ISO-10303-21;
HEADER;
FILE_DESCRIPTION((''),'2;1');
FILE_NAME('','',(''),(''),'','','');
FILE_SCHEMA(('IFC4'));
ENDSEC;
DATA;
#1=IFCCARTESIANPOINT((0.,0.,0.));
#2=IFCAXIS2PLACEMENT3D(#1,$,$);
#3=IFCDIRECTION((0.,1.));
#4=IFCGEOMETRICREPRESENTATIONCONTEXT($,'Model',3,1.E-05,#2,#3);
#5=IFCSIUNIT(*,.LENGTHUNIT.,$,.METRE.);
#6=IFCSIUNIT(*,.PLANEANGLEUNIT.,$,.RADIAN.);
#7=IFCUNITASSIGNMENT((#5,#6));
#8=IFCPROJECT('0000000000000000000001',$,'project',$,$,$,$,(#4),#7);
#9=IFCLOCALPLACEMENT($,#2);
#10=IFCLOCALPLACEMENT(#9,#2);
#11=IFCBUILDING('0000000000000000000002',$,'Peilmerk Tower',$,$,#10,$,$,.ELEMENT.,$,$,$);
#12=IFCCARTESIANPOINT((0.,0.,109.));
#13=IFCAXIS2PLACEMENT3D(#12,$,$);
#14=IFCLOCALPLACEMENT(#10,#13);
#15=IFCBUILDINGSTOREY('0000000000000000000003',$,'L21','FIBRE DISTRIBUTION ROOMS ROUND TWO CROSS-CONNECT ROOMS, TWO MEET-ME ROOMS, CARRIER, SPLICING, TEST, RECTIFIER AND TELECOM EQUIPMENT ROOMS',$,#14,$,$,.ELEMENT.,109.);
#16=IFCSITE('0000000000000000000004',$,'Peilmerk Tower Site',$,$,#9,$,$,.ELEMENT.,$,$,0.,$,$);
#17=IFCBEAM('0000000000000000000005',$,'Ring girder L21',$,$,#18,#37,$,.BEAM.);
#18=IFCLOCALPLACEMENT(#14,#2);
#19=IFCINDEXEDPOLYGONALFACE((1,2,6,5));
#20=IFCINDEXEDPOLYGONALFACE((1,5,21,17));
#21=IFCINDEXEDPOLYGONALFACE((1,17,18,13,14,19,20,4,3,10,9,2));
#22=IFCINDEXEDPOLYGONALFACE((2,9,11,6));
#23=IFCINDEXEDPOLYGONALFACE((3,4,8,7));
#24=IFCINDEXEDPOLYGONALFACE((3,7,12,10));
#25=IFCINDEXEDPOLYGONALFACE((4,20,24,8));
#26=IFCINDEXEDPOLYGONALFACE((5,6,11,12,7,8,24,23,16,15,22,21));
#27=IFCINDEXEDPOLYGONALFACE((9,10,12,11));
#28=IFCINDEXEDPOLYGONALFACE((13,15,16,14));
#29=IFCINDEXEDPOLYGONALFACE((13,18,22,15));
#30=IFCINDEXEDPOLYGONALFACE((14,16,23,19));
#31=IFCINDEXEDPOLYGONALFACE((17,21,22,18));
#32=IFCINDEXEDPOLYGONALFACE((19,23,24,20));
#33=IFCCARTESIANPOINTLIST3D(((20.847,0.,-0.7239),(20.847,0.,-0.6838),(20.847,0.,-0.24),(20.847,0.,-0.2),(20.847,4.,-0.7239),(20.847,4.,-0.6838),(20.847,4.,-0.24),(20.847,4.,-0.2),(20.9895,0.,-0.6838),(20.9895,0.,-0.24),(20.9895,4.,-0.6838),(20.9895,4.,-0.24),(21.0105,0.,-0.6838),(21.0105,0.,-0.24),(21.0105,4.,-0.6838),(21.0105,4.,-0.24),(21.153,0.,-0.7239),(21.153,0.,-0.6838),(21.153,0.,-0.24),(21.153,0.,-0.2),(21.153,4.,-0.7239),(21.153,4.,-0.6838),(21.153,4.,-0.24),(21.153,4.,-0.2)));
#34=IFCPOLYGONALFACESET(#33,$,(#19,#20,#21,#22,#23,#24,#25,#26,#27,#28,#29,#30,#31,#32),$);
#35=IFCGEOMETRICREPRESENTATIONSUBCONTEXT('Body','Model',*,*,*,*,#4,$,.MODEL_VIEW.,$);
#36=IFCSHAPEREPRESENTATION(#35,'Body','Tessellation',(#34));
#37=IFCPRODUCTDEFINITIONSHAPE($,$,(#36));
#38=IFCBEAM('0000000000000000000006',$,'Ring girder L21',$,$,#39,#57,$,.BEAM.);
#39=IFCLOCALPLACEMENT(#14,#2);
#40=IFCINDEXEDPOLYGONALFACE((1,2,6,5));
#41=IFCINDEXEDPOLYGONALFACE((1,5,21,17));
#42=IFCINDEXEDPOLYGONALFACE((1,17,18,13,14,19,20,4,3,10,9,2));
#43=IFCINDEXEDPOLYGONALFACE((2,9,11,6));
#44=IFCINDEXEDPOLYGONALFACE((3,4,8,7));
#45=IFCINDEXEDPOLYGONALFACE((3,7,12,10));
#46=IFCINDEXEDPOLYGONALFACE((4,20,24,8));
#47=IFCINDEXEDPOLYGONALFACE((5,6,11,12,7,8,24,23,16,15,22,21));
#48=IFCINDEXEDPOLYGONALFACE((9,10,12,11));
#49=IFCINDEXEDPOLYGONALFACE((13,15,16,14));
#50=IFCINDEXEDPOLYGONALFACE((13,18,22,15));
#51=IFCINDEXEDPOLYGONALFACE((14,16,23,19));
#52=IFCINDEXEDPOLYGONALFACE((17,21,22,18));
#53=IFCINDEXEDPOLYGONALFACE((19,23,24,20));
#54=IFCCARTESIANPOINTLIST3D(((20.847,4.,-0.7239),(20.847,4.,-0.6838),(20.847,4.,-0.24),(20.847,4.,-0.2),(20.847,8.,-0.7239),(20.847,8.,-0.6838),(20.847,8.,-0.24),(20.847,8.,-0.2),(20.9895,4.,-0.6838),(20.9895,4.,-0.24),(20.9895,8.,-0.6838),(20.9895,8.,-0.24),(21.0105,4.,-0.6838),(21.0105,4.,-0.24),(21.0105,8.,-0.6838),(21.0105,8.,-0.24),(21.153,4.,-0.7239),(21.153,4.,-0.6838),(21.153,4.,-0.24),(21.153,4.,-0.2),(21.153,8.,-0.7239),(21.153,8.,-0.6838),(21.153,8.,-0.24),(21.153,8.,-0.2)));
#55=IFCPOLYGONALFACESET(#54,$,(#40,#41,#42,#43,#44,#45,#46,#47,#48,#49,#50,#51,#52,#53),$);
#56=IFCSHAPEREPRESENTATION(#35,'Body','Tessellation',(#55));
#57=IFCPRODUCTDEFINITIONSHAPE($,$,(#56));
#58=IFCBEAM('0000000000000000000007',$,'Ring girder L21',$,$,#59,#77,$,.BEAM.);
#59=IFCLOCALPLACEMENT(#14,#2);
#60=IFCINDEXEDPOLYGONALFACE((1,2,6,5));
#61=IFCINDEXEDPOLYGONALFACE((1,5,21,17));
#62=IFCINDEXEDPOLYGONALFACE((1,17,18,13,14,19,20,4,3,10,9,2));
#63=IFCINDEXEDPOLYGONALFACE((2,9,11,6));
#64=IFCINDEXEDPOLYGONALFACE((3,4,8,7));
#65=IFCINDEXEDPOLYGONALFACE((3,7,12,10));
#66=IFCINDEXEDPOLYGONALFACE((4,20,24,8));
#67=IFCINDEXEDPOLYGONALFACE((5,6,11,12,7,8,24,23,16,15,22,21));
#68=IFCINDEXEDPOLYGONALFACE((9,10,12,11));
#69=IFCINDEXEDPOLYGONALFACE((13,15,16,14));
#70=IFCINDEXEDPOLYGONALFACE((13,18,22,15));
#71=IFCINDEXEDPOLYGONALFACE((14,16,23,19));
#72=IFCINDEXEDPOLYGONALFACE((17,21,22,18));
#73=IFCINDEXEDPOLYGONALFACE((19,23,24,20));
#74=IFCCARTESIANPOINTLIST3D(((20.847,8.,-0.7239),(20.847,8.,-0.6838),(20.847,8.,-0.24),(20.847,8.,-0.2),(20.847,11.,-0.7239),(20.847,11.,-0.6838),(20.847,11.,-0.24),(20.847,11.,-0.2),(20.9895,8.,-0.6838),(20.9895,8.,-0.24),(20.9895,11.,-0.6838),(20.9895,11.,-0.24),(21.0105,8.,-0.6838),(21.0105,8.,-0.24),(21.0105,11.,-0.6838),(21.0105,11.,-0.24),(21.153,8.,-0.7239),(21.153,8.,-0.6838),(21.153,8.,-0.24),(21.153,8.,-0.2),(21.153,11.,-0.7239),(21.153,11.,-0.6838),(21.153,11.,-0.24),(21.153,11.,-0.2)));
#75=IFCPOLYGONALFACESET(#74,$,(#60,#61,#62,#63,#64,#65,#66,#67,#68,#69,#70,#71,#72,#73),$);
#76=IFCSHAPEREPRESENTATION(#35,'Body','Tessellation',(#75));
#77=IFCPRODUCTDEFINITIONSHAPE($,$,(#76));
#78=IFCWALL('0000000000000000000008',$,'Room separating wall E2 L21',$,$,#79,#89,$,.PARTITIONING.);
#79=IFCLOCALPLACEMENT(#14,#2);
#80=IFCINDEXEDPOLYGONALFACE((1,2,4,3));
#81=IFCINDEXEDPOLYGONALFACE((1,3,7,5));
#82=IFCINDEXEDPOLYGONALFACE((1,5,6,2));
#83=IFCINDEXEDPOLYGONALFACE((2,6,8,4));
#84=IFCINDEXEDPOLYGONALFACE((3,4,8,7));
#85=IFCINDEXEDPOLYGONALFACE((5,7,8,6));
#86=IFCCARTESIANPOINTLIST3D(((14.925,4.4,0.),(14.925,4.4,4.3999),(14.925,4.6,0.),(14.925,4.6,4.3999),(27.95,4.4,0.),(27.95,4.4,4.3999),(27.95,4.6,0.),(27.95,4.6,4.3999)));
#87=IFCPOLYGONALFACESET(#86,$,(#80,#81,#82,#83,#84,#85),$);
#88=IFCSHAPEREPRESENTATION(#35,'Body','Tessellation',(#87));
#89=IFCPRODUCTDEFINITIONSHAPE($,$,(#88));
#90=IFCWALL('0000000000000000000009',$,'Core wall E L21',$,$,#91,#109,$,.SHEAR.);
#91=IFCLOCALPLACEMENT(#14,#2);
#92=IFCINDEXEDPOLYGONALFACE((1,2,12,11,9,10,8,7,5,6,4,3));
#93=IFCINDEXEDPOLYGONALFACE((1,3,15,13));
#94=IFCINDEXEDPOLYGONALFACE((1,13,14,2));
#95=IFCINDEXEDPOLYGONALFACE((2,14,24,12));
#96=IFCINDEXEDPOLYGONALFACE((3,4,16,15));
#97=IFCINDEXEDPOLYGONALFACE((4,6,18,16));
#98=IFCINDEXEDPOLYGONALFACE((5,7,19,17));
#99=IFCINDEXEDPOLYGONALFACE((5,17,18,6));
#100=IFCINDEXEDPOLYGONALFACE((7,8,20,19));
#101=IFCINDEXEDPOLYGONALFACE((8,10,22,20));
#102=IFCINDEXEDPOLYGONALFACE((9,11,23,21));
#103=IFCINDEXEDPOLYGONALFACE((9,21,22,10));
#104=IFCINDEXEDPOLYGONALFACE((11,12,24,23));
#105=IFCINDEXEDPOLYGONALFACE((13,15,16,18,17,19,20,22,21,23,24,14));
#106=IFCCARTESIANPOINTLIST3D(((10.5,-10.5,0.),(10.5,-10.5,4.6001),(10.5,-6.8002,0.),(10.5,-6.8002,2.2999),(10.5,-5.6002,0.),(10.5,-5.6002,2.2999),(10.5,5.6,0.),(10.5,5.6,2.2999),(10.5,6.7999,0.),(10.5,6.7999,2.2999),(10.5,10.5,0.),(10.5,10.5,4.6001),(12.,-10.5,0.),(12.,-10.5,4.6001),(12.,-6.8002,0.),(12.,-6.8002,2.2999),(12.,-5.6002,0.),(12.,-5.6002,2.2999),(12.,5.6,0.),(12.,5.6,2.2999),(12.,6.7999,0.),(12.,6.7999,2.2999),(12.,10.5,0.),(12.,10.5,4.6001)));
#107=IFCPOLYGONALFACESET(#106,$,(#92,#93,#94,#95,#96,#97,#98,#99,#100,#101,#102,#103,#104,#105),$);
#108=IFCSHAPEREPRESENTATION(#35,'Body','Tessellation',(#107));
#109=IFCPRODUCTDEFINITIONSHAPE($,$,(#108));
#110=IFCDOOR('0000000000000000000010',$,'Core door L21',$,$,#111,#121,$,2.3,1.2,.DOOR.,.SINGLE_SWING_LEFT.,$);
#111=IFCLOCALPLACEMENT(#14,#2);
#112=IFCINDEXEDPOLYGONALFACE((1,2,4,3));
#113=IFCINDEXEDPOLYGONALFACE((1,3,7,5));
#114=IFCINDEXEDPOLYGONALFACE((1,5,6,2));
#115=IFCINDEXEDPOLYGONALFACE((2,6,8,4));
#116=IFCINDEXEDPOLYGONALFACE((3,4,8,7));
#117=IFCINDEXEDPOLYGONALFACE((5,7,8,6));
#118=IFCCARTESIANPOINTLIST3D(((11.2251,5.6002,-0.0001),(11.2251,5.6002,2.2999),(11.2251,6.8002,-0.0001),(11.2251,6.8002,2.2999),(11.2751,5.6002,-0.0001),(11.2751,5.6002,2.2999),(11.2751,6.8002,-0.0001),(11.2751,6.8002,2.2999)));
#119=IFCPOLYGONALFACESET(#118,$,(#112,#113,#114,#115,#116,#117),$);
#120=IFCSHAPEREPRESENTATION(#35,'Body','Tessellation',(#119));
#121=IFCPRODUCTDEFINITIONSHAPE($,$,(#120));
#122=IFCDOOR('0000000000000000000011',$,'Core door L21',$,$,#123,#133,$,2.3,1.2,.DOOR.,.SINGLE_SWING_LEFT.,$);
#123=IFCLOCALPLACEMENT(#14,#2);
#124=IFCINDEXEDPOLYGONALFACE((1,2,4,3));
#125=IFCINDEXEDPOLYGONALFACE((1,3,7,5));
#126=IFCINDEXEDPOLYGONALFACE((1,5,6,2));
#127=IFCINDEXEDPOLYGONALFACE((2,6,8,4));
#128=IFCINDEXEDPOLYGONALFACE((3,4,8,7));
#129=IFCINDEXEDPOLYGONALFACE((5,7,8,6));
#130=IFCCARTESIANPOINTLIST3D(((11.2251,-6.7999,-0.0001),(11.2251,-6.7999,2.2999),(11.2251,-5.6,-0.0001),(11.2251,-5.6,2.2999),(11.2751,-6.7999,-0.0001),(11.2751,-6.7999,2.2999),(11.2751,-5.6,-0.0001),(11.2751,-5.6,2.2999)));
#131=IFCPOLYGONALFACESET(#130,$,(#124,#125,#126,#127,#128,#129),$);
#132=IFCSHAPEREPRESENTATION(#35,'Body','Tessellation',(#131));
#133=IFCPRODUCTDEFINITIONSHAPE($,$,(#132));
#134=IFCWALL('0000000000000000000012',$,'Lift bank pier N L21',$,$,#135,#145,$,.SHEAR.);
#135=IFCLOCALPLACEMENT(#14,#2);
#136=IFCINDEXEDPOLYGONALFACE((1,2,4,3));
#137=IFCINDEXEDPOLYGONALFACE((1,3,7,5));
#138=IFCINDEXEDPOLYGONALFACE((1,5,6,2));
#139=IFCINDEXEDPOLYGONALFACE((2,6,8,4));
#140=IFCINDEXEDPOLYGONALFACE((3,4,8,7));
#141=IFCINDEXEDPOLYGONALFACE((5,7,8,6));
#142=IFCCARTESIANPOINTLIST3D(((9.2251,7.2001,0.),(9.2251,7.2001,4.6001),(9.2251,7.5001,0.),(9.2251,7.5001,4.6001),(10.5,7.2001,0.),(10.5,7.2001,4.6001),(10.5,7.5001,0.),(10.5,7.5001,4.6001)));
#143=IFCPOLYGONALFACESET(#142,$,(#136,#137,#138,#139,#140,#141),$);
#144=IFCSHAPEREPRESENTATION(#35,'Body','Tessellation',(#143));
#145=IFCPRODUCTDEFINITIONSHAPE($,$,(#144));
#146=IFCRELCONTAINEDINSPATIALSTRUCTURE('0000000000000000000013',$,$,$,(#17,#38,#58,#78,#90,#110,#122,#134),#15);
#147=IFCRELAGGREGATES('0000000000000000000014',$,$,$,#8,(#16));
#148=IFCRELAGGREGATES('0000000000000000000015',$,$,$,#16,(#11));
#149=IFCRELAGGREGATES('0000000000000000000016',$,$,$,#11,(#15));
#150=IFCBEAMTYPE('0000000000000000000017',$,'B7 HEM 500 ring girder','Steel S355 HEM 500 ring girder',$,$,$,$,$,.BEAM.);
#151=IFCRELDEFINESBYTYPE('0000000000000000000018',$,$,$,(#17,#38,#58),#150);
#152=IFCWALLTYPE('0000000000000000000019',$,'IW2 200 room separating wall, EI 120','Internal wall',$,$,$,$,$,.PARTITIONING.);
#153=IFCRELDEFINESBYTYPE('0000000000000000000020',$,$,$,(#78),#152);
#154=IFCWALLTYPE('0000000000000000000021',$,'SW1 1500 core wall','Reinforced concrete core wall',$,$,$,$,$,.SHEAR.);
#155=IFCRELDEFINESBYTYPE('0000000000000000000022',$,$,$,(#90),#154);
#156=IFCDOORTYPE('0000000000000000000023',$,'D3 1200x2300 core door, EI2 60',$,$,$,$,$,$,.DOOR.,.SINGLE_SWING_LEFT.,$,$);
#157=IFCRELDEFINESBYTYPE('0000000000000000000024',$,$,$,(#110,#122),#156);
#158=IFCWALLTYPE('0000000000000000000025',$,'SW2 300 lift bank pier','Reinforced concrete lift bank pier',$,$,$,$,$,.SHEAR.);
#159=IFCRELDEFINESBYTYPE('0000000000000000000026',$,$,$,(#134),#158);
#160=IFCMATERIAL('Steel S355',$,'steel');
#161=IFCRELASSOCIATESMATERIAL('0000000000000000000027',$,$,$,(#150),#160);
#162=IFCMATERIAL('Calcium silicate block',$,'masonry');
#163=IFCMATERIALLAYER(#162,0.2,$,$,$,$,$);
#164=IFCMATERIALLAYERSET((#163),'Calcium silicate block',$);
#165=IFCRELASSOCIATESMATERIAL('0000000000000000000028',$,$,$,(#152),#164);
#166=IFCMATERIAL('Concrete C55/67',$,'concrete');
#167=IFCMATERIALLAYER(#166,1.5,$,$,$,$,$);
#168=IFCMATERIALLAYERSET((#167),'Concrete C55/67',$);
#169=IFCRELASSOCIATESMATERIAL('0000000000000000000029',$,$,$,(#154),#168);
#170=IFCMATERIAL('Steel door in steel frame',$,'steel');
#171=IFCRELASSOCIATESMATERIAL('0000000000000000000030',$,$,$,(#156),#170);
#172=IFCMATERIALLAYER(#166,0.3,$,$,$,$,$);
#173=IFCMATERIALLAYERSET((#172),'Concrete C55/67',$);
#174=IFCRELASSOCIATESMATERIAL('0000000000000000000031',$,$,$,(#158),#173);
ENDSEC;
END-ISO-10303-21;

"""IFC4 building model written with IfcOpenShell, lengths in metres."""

from ifc_helpers import new_model, si_unit, direction, frame, frame_2d, origin, origin_2d, place, context, subcontext, project, spatial, rectangle, i_section, extrude, material, layer, layer_set, material_profile, profile_set, type_object, element, fill, save


model = new_model("IFC4")

# Units and contexts
model_context = context("Model", 3, precision=1e-05, world=origin(), true_north=direction((0.0, 1.0)))
body_context = subcontext(model_context, "Body", "Model", "MODEL_VIEW")
ifc_project = project(units=[si_unit("LENGTHUNIT", "METRE"), si_unit("PLANEANGLEUNIT", "RADIAN")], contexts=[model_context])

# Site, building, storey
site_placement = place(None, origin())
site = spatial("IfcSite", under=ifc_project, at=site_placement, Name="Peilmerk Tower Site", CompositionType="ELEMENT", RefElevation=0.0)
building_placement = place(site_placement, origin())
building = spatial("IfcBuilding", under=site, at=building_placement, Name="Peilmerk Tower", CompositionType="ELEMENT")
storey_placement = place(building_placement, frame((0.0, 0.0, 109.0)))
storey = spatial("IfcBuildingStorey", under=building, at=storey_placement, Name="L21", Description="FIBRE DISTRIBUTION ROOMS ROUND TWO CROSS-CONNECT ROOMS, TWO MEET-ME ROOMS, CARRIER, SPLICING, TEST, RECTIFIER AND TELECOM EQUIPMENT ROOMS", CompositionType="ELEMENT", Elevation=109.0)

# Beams
ifc_material_1 = material(Name="Steel S355", Category="steel")
ifc_material_profile_1 = material_profile(ifc_material_1, i_section(OverallWidth=0.3059, OverallDepth=0.5239, WebThickness=0.021, FlangeThickness=0.04, at=origin_2d()), Name="HEM 500")
ifc_profile_set_1 = profile_set([ifc_material_profile_1], Name="Steel S355")
beam_type_1 = type_object("IfcBeamType", Name="B7 HEM 500 ring girder", Description="Steel S355 HEM 500 ring girder", PredefinedType="BEAM", material=ifc_profile_set_1)
for number, where, z_axis, x_axis, name in (
    (1, (21.0, 0.0, -0.4619), (0.0, 1.0, 0.0), (-1.0, 0.0, 0.0), "Ring girder L21"),
    (2, (21.0, 4.0, -0.4619), (0.0, 1.0, 0.0), (-1.0, 0.0, 0.0), "Ring girder L21"),
):
    element("IfcBeam", number, at=place(storey_placement, frame(where, z_axis=z_axis, x_axis=x_axis)), inside=storey, type_object=beam_type_1, Name=name, PredefinedType="BEAM", context=body_context, shape_type="SweptSolid", body=[
        extrude(i_section(OverallWidth=0.3059, OverallDepth=0.5239, WebThickness=0.021, FlangeThickness=0.04, at=origin_2d()), origin(), (0.0, 0.0, 1.0), 4.0),
    ])
beam_1_placement = place(storey_placement, frame((21.0, 8.0, -0.4619), z_axis=(0.0, 1.0, 0.0), x_axis=(-1.0, 0.0, 0.0)))
element("IfcBeam", 3, at=beam_1_placement, inside=storey, type_object=beam_type_1, Name="Ring girder L21", PredefinedType="BEAM", context=body_context, shape_type="SweptSolid", body=[
    extrude(i_section(OverallWidth=0.3059, OverallDepth=0.5239, WebThickness=0.021, FlangeThickness=0.04, at=origin_2d()), origin(), (0.0, 0.0, 1.0), 3.0),
])

# Wall
ifc_material_2 = material(Name="Calcium silicate block", Category="masonry")
ifc_layer_1 = layer(ifc_material_2, 0.2)
ifc_layer_set_1 = layer_set([ifc_layer_1], Name="Calcium silicate block")
wall_type_1 = type_object("IfcWallType", Name="IW2 200 room separating wall, EI 120", Description="Internal wall", PredefinedType="PARTITIONING", material=ifc_layer_set_1)
wall_1_placement = place(storey_placement, frame((14.925, 4.5, 0.0), z_axis=(0.0, 0.0, 1.0), x_axis=(1.0, 0.0, 0.0)))
element("IfcWall", 4, at=wall_1_placement, inside=storey, type_object=wall_type_1, Name="Room separating wall E2 L21", PredefinedType="PARTITIONING", context=body_context, shape_type="SweptSolid", body=[
    extrude(rectangle(XDim=13.0249, YDim=0.2, at=frame_2d((6.5125, 0.0))), origin(), (0.0, 0.0, 1.0), 4.3999),
])

# Wall, openings, doors
ifc_material_3 = material(Name="Concrete C55/67", Category="concrete")
ifc_layer_2 = layer(ifc_material_3, 1.5)
ifc_layer_set_2 = layer_set([ifc_layer_2], Name="Concrete C55/67")
wall_type_2 = type_object("IfcWallType", Name="SW1 1500 core wall", Description="Reinforced concrete core wall", PredefinedType="SHEAR", material=ifc_layer_set_2)
wall_2_placement = place(storey_placement, frame((11.25, 10.5, 0.0), z_axis=(0.0, 0.0, 1.0), x_axis=(0.0, -1.0, 0.0)))
wall_2 = element("IfcWall", 5, at=wall_2_placement, inside=storey, type_object=wall_type_2, Name="Core wall E L21", PredefinedType="SHEAR", context=body_context, shape_type="SweptSolid", body=[
    extrude(rectangle(XDim=21.0, YDim=1.5, at=frame_2d((10.5, 0.0))), origin(), (0.0, 0.0, 1.0), 4.6001),
])
opening_1_placement = place(wall_2_placement, frame((3.7, 0.0, 0.0)))
opening_1 = element("IfcOpeningElement", 6, at=opening_1_placement, cuts=wall_2, PredefinedType="OPENING", context=body_context, shape_type="SweptSolid", body=[
    extrude(rectangle(XDim=1.2, YDim=2.3, at=frame_2d((0.6001, 1.1499))), frame((0.0, 0.76, 0.0), z_axis=(0.0, -1.0, 0.0), x_axis=(1.0, 0.0, 0.0)), (0.0, 0.0, 1.0), 1.52),
])
opening_2_placement = place(wall_2_placement, frame((16.1001, 0.0, 0.0)))
opening_2 = element("IfcOpeningElement", 7, at=opening_2_placement, cuts=wall_2, PredefinedType="OPENING", context=body_context, shape_type="SweptSolid", body=[
    extrude(rectangle(XDim=1.2, YDim=2.3, at=frame_2d((0.6001, 1.1499))), frame((0.0, 0.76, 0.0), z_axis=(0.0, -1.0, 0.0), x_axis=(1.0, 0.0, 0.0)), (0.0, 0.0, 1.0), 1.52),
])
ifc_material_4 = material(Name="Steel door in steel frame", Category="steel")
door_type = type_object("IfcDoorType", Name="D3 1200x2300 core door, EI2 60", OperationType="SINGLE_SWING_LEFT", PredefinedType="DOOR", material=ifc_material_4)
door_1_placement = place(opening_1_placement, frame((1.2, 0.0, 0.0), z_axis=(0.0, 0.0, 1.0), x_axis=(-1.0, 0.0, 0.0)))
door_1 = element("IfcDoor", 8, at=door_1_placement, inside=storey, type_object=door_type, Name="Core door L21", OperationType="SINGLE_SWING_LEFT", OverallHeight=2.3, OverallWidth=1.2, PredefinedType="DOOR", context=body_context, shape_type="SweptSolid", body=[
    extrude(rectangle(XDim=1.2, YDim=2.3, at=frame_2d((0.6001, 1.1499))), frame((0.0, 0.0249, 0.0), z_axis=(0.0, -1.0, 0.0), x_axis=(1.0, 0.0, 0.0)), (0.0, 0.0, 1.0), 0.05),
])
fill(opening_1, door_1)
door_2_placement = place(opening_2_placement, frame((1.2, 0.0, 0.0), z_axis=(0.0, 0.0, 1.0), x_axis=(-1.0, 0.0, 0.0)))
door_2 = element("IfcDoor", 9, at=door_2_placement, inside=storey, type_object=door_type, Name="Core door L21", OperationType="SINGLE_SWING_LEFT", OverallHeight=2.3, OverallWidth=1.2, PredefinedType="DOOR", context=body_context, shape_type="SweptSolid", body=[
    extrude(rectangle(XDim=1.2, YDim=2.3, at=frame_2d((0.6001, 1.1499))), frame((0.0, 0.0249, 0.0), z_axis=(0.0, -1.0, 0.0), x_axis=(1.0, 0.0, 0.0)), (0.0, 0.0, 1.0), 0.05),
])
fill(opening_2, door_2)

# Wall
ifc_layer_3 = layer(ifc_material_3, 0.3)
ifc_layer_set_3 = layer_set([ifc_layer_3], Name="Concrete C55/67")
wall_type_3 = type_object("IfcWallType", Name="SW2 300 lift bank pier", Description="Reinforced concrete lift bank pier", PredefinedType="SHEAR", material=ifc_layer_set_3)
wall_3_placement = place(storey_placement, frame((9.2251, 7.3501, 0.0), z_axis=(0.0, 0.0, 1.0), x_axis=(1.0, 0.0, 0.0)))
element("IfcWall", 10, at=wall_3_placement, inside=storey, type_object=wall_type_3, Name="Lift bank pier N L21", PredefinedType="SHEAR", context=body_context, shape_type="SweptSolid", body=[
    extrude(rectangle(XDim=1.2749, YDim=0.3, at=frame_2d((0.6375, 0.0))), origin(), (0.0, 0.0, 1.0), 4.6001),
])

save(model, "model.ifc")
